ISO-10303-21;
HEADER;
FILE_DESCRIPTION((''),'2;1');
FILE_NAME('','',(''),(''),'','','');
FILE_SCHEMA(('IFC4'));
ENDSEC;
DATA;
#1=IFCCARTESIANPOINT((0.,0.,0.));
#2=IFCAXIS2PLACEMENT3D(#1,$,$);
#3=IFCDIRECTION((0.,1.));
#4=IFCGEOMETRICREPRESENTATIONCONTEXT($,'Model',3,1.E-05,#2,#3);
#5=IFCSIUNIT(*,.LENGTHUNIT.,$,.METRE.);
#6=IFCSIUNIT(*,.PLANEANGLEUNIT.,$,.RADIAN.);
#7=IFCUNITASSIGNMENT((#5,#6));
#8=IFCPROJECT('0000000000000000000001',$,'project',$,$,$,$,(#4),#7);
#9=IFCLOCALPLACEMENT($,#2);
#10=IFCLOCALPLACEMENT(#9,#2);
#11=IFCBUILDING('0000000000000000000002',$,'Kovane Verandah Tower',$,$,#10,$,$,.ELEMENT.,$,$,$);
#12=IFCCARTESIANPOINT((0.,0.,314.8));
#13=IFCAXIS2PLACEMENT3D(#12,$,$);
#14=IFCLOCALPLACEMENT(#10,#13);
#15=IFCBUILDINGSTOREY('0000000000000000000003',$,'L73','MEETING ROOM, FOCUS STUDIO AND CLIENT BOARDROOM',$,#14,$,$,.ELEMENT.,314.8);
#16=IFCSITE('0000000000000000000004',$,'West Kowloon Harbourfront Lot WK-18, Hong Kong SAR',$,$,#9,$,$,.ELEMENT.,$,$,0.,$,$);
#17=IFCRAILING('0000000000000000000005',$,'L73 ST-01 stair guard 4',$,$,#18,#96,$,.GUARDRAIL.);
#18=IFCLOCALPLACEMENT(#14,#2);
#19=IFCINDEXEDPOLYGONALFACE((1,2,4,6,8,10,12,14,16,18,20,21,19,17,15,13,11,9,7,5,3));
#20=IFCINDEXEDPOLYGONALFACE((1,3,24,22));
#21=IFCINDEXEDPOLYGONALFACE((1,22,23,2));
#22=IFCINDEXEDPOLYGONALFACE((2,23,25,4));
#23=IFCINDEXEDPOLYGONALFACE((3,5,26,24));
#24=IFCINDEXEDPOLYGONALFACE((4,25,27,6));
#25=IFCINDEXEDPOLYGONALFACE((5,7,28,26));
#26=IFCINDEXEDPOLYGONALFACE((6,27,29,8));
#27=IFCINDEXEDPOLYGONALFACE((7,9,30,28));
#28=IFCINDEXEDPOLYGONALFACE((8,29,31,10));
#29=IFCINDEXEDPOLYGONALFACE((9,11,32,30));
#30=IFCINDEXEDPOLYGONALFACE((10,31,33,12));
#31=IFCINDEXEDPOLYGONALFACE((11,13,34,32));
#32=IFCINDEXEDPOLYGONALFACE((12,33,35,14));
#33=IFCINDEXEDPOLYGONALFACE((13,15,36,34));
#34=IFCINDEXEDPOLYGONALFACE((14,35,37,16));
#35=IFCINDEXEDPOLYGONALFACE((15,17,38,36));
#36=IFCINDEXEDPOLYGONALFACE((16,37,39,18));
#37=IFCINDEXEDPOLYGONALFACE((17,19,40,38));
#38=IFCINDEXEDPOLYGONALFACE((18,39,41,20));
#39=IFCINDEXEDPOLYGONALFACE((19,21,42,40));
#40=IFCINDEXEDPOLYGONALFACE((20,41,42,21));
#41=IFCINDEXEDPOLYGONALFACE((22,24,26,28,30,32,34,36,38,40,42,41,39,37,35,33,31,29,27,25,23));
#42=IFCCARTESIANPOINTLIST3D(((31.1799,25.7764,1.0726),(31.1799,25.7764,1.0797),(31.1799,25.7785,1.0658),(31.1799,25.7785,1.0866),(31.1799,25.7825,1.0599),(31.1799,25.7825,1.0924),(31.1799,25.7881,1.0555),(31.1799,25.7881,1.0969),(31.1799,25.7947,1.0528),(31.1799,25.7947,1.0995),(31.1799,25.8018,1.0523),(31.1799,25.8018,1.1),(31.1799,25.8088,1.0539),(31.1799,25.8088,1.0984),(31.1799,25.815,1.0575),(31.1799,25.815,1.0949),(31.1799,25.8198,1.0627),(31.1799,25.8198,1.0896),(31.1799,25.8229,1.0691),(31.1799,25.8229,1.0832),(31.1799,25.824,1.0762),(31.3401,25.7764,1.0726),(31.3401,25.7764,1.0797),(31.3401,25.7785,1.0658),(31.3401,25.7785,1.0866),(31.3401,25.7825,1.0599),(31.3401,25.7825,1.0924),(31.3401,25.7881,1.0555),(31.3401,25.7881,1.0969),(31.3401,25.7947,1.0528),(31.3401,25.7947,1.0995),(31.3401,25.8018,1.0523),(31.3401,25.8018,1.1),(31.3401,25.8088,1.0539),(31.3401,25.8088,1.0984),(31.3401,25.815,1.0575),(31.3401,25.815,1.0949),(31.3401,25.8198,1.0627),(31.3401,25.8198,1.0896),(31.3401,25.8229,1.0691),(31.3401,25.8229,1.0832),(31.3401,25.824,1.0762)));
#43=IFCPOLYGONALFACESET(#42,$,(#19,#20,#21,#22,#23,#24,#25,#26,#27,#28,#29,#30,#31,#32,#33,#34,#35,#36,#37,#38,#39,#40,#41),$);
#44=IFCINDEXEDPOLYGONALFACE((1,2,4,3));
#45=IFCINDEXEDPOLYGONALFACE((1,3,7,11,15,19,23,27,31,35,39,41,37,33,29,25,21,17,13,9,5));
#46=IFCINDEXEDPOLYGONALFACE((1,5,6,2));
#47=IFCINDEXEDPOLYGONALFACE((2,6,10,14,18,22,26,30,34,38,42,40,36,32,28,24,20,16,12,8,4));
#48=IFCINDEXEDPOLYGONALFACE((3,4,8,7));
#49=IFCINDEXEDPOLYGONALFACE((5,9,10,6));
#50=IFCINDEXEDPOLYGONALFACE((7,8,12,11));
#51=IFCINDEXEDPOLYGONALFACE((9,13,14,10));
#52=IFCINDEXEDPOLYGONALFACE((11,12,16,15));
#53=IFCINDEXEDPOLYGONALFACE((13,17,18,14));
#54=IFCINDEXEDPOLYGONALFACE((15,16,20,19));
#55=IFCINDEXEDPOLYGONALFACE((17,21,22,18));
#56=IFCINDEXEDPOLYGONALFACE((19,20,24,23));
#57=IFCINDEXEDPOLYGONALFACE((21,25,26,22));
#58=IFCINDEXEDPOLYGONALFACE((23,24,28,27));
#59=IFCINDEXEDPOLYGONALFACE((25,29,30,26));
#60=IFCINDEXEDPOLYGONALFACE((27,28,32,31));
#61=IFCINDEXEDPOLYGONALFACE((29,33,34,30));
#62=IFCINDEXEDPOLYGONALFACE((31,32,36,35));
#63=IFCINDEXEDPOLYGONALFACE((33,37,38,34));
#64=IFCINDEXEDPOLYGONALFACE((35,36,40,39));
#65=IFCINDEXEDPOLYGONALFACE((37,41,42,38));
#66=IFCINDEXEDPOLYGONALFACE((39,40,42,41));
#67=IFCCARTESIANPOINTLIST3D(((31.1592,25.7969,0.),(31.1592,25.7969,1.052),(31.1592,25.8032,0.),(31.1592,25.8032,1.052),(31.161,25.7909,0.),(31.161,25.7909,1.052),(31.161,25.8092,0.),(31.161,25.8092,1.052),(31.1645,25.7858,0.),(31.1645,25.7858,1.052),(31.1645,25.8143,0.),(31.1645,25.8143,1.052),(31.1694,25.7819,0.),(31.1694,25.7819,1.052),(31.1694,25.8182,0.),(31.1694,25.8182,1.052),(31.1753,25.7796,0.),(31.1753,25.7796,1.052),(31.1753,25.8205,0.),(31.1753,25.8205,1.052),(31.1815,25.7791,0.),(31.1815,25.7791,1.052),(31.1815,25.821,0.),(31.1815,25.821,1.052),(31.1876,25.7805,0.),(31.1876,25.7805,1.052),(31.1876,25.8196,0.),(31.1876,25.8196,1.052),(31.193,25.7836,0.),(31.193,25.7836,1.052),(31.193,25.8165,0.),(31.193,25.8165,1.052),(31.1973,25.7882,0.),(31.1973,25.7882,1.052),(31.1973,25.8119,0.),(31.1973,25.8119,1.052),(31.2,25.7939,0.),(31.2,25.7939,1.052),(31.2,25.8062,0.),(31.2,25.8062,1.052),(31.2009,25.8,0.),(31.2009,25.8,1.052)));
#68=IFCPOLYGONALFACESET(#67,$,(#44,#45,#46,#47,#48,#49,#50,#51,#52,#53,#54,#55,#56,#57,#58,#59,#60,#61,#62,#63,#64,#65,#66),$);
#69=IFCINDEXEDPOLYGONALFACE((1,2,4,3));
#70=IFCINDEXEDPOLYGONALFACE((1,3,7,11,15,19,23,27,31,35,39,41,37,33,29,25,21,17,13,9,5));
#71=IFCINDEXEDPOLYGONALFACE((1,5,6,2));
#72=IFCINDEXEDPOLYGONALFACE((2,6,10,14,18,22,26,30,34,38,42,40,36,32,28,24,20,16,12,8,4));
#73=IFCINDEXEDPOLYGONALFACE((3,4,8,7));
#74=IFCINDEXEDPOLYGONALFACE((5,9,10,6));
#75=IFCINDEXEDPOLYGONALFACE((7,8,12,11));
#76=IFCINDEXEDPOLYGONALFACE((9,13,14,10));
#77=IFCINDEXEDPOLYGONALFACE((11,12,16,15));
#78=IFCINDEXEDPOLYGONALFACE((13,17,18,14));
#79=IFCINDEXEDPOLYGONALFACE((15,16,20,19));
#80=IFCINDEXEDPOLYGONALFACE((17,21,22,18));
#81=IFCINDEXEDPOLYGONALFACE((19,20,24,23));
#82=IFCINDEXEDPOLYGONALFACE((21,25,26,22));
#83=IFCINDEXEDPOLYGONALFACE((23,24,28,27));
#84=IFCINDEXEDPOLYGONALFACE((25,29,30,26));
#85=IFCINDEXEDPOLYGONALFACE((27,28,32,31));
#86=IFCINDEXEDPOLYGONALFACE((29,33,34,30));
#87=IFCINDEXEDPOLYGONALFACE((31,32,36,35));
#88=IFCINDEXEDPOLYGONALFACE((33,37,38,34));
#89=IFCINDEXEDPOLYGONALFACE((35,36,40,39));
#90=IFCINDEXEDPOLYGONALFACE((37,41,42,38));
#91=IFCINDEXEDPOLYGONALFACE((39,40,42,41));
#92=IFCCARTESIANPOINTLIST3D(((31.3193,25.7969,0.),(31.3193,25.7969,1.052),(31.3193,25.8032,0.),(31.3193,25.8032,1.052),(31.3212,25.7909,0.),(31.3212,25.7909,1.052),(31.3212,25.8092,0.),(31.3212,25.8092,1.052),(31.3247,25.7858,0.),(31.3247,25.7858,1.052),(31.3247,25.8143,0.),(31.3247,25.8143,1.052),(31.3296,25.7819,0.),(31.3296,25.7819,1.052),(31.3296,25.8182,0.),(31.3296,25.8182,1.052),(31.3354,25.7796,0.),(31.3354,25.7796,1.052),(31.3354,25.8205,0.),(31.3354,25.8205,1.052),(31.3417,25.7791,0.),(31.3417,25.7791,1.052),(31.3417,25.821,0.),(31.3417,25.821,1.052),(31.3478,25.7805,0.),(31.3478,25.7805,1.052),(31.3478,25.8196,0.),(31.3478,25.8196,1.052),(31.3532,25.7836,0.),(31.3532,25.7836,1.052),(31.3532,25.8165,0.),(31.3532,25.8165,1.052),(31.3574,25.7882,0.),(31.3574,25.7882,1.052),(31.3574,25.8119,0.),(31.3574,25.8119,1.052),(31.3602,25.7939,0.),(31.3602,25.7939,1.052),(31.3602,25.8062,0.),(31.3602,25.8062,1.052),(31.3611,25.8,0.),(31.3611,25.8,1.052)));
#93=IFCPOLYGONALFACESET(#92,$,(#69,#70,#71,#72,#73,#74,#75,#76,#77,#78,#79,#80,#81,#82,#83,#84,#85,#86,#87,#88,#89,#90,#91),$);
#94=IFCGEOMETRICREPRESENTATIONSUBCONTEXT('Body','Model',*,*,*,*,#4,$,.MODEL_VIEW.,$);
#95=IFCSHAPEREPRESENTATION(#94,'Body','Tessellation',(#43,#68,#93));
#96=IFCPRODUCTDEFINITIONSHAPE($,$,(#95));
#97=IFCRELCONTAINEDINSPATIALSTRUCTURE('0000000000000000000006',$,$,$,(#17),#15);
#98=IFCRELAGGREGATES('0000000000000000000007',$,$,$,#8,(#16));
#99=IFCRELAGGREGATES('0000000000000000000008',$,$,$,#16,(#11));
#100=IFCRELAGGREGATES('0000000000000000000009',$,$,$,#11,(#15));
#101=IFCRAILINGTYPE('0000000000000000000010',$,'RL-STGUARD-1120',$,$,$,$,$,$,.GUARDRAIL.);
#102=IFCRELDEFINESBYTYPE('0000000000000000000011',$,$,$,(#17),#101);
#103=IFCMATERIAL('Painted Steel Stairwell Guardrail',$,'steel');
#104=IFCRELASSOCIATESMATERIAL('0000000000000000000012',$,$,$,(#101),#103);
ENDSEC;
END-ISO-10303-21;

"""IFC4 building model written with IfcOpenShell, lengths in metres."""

from ifc_helpers import new_model, si_unit, direction, frame, origin, origin_2d, place, context, subcontext, project, spatial, circle, extrude, material, type_object, element, save


model = new_model("IFC4")

# Units and contexts
model_context = context("Model", 3, precision=1e-05, world=origin(), true_north=direction((0.0, 1.0)))
body_context = subcontext(model_context, "Body", "Model", "MODEL_VIEW")
ifc_project = project(units=[si_unit("LENGTHUNIT", "METRE"), si_unit("PLANEANGLEUNIT", "RADIAN")], contexts=[model_context])

# Site, building, storey
site_placement = place(None, origin())
site = spatial("IfcSite", under=ifc_project, at=site_placement, Name="West Kowloon Harbourfront Lot WK-18, Hong Kong SAR", CompositionType="ELEMENT", RefElevation=0.0)
building_placement = place(site_placement, origin())
building = spatial("IfcBuilding", under=site, at=building_placement, Name="Kovane Verandah Tower", CompositionType="ELEMENT")
storey_placement = place(building_placement, frame((0.0, 0.0, 314.8)))
storey = spatial("IfcBuildingStorey", under=building, at=storey_placement, Name="L73", Description="MEETING ROOM, FOCUS STUDIO AND CLIENT BOARDROOM", CompositionType="ELEMENT", Elevation=314.8)

# Railing
ifc_material_1 = material(Name="Painted Steel Stairwell Guardrail", Category="steel")
railing_type_1 = type_object("IfcRailingType", Name="RL-STGUARD-1120", PredefinedType="GUARDRAIL", material=ifc_material_1)
railing_1_placement = place(storey_placement, frame((31.1799, 25.8, 0.0)))
element("IfcRailing", 1, at=railing_1_placement, inside=storey, type_object=railing_type_1, Name="L73 ST-01 stair guard 4", PredefinedType="GUARDRAIL", context=body_context, shape_type="SweptSolid", body=[
    extrude(circle(Radius=0.0239, at=origin_2d()), frame((0.0, 0.0, 1.0762), z_axis=(1.0, 0.0, 0.0), x_axis=(0.0, 1.0, 0.0)), (0.0, 0.0, 1.0), 0.1602),
    extrude(circle(Radius=0.021, at=origin_2d()), origin(), (0.0, 0.0, 1.0), 1.052),
    extrude(circle(Radius=0.021, at=origin_2d()), frame((0.1602, 0.0, 0.0)), (0.0, 0.0, 1.0), 1.052),
])

save(model, "model.ifc")
